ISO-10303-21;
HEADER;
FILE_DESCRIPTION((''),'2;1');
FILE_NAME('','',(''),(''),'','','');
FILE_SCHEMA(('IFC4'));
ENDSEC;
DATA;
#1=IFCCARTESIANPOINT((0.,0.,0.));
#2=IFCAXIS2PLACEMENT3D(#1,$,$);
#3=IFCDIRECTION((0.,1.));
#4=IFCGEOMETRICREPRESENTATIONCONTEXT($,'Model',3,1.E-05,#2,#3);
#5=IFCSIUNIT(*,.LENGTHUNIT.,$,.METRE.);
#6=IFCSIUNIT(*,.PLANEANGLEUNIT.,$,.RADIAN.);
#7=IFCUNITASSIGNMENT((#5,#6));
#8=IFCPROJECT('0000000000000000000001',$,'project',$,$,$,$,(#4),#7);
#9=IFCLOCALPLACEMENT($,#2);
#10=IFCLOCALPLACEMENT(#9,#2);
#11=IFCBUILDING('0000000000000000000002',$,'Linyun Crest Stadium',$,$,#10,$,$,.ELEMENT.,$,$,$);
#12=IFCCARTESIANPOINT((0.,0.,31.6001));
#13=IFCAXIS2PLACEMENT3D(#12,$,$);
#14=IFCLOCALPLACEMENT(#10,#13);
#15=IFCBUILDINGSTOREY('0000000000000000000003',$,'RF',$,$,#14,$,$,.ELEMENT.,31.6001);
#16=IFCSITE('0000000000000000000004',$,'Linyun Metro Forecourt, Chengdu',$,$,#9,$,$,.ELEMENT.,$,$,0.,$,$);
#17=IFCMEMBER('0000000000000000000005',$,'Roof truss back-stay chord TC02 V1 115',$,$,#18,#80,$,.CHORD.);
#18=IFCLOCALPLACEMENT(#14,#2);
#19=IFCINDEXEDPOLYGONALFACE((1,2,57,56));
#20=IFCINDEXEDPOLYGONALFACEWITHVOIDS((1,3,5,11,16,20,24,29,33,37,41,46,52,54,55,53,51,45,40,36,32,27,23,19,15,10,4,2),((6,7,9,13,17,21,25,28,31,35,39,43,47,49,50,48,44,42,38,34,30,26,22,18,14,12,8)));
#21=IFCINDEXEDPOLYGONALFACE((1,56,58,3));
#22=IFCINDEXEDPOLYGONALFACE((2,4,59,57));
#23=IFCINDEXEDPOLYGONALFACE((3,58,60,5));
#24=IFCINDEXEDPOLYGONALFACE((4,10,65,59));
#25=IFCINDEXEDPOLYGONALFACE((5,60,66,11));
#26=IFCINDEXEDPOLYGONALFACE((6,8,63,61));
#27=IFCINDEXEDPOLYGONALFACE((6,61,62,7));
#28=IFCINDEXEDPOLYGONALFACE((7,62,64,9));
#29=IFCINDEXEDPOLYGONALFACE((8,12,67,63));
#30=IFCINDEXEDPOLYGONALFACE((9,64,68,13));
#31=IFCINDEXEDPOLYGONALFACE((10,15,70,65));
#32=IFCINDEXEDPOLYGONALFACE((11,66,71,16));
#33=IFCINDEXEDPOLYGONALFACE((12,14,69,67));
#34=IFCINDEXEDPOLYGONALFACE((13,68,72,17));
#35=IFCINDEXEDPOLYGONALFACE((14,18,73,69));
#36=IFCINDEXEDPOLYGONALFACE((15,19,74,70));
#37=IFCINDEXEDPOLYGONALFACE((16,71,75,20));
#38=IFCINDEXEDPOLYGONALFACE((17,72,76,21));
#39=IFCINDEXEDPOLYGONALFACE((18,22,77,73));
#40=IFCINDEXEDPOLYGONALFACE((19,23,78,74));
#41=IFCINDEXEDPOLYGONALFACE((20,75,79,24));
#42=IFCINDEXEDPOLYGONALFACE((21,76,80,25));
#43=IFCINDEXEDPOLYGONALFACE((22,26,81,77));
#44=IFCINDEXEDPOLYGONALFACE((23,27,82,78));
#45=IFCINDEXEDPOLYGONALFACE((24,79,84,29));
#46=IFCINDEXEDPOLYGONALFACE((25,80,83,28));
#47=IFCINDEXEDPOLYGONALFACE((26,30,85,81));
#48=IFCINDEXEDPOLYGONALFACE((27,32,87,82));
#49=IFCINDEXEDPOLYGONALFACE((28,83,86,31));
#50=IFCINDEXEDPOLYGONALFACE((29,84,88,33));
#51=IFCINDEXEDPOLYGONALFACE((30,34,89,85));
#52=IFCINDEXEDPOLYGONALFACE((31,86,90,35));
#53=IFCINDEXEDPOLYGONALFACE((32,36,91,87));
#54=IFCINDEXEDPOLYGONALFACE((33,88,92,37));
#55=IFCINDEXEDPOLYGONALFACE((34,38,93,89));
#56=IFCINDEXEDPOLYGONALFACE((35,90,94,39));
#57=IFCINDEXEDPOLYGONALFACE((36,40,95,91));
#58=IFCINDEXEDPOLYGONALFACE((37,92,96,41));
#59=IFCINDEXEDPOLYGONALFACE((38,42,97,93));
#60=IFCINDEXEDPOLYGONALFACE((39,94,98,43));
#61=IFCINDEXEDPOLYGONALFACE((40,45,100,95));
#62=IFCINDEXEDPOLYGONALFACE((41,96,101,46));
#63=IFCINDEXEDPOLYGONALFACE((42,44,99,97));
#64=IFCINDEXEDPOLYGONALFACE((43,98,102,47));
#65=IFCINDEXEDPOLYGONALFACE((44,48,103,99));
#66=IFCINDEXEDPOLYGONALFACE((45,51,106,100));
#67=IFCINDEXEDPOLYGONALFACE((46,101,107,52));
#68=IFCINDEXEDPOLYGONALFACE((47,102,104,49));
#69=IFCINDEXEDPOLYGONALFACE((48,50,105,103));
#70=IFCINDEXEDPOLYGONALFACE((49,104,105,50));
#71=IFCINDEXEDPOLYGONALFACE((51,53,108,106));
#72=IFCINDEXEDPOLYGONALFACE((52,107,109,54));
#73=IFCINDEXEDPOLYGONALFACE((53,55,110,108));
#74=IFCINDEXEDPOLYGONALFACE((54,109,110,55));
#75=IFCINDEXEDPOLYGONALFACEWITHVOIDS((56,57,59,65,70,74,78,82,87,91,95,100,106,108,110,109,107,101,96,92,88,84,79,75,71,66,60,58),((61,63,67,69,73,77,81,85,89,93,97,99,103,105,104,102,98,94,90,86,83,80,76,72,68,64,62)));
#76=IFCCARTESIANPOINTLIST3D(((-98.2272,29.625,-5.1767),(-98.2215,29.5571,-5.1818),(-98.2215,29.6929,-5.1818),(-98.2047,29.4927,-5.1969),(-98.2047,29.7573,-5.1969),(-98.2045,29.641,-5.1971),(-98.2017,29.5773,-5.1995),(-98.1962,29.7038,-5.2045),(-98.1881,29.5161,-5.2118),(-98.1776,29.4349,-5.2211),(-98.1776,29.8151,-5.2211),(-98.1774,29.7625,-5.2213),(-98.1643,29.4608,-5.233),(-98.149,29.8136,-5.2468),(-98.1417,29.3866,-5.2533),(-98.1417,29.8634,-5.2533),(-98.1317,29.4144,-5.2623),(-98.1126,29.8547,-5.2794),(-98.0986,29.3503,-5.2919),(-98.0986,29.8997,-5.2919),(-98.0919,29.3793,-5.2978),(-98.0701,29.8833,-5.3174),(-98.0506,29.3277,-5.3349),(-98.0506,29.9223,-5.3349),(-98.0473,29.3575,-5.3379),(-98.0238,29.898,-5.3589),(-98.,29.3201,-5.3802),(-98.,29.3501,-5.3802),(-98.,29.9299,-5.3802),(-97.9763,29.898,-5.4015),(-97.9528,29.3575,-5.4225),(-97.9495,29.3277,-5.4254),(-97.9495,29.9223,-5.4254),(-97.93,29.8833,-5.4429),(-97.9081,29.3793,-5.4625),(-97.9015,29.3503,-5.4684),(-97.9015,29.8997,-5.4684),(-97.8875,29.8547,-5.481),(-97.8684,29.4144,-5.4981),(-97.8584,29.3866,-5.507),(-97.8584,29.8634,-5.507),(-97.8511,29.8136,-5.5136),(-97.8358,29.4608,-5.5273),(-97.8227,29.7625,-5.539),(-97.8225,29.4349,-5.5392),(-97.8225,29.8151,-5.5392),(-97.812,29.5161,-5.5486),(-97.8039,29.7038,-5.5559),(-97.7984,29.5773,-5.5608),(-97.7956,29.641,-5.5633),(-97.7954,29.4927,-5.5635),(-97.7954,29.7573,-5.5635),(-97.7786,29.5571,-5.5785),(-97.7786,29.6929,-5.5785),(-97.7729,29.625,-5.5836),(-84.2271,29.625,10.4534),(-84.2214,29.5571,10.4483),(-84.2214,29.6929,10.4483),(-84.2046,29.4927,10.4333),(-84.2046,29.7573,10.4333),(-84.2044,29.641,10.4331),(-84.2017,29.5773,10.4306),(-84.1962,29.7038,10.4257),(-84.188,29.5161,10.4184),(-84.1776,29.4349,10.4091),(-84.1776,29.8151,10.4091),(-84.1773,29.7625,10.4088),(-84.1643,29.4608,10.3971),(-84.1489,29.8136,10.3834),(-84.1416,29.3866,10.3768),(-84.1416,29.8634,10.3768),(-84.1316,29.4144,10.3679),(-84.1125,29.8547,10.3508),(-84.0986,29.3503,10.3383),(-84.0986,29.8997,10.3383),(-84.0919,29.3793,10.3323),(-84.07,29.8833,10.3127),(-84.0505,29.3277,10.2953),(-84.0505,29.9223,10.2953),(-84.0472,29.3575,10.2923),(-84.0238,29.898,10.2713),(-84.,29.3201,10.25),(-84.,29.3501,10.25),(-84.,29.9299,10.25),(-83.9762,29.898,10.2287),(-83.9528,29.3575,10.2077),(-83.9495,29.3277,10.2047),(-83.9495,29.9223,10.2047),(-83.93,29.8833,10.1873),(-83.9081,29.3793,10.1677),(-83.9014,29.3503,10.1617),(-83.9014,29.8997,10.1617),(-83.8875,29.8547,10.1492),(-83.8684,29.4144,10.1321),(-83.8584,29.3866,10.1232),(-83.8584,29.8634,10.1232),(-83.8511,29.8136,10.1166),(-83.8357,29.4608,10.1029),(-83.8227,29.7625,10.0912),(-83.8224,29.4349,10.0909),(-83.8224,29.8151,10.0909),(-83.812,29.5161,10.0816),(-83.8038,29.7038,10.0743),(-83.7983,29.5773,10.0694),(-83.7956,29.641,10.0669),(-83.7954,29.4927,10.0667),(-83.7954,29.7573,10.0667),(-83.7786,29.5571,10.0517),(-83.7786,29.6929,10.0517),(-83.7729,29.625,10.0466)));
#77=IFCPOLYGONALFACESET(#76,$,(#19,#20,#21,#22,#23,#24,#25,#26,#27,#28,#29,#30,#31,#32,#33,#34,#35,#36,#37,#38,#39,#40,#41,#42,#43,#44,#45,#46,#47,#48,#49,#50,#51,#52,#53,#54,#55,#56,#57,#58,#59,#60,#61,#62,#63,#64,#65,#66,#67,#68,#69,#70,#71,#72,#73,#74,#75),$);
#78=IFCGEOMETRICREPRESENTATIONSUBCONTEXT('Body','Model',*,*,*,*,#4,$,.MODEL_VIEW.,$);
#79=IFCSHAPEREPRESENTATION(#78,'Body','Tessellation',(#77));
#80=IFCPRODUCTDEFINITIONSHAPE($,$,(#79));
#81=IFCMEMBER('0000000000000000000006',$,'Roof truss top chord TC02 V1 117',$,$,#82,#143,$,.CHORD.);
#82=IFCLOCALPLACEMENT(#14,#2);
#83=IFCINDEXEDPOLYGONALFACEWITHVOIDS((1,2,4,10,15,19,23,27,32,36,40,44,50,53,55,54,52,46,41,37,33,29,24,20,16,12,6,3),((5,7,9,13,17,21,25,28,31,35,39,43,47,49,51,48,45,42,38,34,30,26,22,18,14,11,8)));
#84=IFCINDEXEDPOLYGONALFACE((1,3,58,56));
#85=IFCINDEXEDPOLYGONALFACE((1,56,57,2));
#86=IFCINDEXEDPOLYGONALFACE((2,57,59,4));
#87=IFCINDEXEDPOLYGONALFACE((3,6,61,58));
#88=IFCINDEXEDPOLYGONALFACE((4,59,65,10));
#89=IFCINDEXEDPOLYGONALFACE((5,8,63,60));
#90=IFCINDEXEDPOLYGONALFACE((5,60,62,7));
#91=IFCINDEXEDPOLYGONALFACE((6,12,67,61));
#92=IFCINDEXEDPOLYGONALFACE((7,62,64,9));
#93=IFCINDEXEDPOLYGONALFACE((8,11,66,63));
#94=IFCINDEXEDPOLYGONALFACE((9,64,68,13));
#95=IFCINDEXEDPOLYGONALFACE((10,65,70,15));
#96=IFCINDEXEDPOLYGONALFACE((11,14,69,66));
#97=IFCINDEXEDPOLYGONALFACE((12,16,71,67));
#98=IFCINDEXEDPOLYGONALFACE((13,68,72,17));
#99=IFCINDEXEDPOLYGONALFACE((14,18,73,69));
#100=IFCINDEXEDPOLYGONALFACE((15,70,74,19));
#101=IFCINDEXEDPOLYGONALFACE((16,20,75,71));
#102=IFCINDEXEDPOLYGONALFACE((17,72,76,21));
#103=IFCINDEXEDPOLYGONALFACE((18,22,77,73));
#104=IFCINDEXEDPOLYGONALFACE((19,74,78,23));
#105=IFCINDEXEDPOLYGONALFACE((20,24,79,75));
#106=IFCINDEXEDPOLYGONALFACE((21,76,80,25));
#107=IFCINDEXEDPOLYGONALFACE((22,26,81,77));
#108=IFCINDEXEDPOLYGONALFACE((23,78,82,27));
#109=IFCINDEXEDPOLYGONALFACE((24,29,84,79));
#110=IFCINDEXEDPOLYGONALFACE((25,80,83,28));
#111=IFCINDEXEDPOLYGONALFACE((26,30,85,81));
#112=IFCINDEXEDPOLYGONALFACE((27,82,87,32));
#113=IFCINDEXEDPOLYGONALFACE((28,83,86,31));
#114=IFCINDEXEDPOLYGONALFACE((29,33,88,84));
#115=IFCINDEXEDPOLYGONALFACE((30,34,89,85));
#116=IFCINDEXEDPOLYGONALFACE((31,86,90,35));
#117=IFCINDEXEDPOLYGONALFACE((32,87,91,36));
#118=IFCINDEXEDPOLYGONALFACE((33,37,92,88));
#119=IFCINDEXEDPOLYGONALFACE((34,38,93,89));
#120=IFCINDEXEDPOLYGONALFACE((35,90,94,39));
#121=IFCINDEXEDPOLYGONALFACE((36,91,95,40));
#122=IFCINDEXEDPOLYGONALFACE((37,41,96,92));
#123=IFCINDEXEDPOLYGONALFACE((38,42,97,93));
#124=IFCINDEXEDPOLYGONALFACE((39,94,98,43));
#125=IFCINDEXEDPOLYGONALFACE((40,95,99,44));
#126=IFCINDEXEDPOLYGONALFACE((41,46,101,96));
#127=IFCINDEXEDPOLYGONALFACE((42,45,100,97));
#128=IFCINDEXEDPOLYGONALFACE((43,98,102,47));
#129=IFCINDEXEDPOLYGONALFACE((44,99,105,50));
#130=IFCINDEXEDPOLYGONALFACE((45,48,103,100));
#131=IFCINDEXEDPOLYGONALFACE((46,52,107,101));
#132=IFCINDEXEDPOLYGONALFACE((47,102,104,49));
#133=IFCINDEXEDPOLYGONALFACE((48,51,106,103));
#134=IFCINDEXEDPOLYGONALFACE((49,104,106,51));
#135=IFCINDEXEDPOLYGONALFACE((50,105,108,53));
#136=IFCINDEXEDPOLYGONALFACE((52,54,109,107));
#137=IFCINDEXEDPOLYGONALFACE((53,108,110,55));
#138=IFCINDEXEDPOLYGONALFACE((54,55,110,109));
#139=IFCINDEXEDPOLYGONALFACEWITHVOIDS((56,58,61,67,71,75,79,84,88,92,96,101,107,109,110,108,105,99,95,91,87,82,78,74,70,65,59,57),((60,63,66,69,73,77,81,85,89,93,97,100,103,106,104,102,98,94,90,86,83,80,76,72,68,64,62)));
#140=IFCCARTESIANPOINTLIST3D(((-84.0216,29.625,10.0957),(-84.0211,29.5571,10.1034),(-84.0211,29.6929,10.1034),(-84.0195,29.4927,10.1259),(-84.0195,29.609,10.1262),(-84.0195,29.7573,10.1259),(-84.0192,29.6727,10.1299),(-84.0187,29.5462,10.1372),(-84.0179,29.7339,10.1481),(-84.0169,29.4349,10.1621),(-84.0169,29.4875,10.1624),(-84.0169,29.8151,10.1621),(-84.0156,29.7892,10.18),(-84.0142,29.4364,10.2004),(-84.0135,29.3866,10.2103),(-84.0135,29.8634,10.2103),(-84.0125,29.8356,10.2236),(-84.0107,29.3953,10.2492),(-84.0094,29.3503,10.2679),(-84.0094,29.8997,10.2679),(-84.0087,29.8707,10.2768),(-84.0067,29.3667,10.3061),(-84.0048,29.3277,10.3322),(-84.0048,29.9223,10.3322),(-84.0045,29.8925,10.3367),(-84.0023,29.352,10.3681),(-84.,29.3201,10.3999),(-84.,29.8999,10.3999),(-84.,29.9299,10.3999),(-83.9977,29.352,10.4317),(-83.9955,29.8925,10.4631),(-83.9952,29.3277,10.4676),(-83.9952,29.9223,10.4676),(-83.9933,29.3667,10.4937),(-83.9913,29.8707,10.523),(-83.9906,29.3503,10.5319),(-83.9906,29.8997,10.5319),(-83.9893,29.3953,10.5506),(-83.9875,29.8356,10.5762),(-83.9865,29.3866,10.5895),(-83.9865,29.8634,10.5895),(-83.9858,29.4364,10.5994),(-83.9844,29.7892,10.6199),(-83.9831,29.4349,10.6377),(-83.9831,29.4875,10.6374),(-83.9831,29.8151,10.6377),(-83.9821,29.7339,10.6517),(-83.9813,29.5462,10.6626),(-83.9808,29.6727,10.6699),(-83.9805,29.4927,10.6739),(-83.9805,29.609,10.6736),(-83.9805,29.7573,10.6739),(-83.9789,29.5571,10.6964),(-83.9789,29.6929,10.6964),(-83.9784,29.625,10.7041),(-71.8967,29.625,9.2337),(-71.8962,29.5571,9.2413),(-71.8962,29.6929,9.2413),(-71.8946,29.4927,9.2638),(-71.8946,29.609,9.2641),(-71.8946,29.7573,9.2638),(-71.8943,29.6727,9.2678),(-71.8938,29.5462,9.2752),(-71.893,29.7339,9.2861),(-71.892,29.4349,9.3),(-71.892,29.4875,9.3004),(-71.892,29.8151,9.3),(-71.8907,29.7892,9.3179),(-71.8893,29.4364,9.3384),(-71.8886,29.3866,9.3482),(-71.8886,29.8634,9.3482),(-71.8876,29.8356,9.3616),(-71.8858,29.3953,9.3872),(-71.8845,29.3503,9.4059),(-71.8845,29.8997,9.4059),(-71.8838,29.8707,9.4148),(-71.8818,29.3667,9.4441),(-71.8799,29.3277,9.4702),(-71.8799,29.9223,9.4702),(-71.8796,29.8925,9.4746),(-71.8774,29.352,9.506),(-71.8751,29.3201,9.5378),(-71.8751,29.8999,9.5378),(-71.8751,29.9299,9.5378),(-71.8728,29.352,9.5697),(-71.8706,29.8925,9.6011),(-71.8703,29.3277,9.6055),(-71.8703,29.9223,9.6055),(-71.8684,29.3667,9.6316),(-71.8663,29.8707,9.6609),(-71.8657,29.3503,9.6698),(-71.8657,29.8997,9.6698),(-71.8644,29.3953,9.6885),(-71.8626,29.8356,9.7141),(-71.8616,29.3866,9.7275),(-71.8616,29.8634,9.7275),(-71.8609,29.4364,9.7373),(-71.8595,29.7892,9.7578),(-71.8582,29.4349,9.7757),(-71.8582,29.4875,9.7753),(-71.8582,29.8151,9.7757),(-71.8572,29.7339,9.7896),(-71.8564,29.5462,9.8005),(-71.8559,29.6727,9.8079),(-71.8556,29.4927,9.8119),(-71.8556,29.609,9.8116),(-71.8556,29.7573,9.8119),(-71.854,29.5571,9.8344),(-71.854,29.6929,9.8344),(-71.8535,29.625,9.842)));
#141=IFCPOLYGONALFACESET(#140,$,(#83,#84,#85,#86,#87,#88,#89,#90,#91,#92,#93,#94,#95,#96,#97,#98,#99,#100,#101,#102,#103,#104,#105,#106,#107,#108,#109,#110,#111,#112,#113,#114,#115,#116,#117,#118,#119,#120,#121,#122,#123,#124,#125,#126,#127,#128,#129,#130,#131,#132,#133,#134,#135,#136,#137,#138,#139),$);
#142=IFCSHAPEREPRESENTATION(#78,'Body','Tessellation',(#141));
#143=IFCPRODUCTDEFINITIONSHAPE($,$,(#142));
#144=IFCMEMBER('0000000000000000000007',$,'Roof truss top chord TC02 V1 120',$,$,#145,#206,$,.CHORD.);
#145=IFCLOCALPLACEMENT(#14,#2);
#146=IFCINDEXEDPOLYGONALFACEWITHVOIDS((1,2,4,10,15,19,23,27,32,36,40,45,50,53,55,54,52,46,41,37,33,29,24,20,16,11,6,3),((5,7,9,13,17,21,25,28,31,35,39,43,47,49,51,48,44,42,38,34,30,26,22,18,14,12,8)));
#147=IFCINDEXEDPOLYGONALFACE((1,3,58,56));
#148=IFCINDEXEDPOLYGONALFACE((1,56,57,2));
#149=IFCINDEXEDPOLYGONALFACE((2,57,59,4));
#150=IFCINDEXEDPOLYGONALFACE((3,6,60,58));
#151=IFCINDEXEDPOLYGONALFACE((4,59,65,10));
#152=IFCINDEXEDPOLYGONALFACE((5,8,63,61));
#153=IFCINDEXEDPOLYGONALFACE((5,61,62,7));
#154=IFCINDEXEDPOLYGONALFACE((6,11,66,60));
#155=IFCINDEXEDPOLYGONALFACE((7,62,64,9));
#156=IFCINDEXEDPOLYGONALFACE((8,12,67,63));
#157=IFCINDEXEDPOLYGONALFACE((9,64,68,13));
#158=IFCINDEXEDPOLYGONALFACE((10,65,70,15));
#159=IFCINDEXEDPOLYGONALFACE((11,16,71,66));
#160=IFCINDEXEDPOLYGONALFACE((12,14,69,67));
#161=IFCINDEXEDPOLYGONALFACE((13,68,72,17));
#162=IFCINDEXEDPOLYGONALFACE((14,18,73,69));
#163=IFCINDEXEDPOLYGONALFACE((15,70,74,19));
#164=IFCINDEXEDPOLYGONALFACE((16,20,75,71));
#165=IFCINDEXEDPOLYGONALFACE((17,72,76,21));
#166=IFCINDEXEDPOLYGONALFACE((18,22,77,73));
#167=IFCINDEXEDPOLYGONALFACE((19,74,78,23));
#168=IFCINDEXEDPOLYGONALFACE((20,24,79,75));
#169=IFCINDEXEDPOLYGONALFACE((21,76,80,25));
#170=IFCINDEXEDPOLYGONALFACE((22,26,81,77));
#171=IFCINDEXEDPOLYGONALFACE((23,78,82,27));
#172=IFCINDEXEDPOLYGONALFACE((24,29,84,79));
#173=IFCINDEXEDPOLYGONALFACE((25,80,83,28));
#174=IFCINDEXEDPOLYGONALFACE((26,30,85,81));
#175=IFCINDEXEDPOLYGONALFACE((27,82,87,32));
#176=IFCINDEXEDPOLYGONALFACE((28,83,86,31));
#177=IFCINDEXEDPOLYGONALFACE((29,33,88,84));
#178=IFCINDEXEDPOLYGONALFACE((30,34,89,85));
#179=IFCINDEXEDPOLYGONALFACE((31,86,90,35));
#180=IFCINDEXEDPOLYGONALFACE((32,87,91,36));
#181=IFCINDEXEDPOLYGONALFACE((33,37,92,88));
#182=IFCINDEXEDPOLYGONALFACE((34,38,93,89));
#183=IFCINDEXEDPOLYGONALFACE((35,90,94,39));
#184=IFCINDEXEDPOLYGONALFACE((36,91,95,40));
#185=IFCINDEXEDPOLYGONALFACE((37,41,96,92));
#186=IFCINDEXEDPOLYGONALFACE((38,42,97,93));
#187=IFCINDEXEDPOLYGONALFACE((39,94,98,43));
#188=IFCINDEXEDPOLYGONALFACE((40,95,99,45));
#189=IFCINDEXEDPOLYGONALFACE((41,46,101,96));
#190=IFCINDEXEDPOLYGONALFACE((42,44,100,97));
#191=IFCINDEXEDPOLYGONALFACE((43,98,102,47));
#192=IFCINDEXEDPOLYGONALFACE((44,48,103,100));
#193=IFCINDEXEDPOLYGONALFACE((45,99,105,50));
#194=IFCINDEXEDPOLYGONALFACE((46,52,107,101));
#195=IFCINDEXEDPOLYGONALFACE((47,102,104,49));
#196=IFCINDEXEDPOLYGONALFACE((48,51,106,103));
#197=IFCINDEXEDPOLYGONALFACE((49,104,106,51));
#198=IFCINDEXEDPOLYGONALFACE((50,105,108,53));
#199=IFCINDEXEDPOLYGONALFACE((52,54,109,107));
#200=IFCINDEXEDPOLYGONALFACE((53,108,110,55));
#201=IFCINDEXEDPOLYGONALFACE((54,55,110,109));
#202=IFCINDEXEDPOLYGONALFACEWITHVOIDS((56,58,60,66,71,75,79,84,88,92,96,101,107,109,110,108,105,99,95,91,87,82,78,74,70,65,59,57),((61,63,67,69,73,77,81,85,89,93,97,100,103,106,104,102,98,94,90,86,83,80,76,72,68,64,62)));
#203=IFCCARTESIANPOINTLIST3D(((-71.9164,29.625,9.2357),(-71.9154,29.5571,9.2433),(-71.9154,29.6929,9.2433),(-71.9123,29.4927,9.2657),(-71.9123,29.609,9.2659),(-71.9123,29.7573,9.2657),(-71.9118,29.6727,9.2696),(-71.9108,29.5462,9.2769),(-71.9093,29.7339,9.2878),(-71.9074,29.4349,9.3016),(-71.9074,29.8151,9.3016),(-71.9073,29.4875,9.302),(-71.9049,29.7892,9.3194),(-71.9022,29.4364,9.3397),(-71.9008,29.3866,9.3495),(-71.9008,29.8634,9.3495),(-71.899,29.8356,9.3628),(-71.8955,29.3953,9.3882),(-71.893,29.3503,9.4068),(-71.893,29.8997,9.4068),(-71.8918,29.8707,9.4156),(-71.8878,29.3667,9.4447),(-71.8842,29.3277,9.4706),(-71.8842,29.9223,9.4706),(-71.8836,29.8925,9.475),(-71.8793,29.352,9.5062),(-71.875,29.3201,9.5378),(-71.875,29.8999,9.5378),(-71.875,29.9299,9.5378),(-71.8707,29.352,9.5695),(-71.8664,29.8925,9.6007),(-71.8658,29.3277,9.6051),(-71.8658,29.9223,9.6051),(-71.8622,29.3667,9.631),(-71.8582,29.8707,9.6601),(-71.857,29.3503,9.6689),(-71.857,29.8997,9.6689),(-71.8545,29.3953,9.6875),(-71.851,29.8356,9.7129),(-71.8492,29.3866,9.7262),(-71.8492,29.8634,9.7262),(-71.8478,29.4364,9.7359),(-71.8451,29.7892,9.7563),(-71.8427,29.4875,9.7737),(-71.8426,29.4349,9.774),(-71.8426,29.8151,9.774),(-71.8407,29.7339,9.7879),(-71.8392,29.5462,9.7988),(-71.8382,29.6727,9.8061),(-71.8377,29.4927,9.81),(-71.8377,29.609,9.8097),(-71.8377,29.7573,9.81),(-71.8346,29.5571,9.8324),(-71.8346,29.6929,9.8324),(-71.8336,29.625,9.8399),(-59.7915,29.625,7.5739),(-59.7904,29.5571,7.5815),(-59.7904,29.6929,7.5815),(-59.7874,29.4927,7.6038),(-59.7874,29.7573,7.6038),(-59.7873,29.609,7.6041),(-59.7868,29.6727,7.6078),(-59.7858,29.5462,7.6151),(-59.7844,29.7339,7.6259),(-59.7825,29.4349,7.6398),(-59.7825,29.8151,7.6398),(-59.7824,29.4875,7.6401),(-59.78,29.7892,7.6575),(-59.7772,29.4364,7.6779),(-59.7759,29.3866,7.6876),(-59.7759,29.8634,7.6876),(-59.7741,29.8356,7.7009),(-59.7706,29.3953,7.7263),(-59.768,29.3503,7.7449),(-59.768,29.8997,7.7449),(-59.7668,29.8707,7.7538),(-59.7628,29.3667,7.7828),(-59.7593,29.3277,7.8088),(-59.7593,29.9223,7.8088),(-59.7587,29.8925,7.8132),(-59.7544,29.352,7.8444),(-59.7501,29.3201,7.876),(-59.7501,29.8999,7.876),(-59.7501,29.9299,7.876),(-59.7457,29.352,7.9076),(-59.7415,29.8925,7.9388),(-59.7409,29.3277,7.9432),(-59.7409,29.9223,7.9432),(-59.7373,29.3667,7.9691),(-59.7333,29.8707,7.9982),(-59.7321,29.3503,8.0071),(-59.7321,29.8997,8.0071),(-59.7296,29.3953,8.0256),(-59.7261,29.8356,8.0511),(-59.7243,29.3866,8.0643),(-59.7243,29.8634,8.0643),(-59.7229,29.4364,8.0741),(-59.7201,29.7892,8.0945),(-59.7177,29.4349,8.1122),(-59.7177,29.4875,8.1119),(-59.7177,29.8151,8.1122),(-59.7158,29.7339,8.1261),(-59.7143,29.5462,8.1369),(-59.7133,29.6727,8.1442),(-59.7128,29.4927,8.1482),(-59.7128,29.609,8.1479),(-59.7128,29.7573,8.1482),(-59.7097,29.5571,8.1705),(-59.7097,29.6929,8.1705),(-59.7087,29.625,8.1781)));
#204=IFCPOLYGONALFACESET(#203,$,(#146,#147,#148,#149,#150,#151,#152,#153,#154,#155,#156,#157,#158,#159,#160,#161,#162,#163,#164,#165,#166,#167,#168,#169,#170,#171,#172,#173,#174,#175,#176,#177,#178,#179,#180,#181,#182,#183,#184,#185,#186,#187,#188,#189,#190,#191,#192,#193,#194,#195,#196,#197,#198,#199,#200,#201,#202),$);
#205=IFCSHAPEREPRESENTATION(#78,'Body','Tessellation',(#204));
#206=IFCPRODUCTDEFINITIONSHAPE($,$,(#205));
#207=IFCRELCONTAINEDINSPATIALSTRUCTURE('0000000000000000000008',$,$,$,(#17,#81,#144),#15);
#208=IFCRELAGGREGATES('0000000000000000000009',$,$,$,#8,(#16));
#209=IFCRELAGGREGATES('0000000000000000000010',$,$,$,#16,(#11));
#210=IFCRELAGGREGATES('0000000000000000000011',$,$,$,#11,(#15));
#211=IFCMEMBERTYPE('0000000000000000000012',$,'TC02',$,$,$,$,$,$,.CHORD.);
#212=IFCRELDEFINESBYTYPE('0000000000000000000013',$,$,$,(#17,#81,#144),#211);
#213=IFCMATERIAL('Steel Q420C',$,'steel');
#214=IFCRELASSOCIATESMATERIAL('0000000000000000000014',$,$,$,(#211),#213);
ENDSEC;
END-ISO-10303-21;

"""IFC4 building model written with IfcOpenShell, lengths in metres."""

from ifc_helpers import new_model, si_unit, direction, frame, origin, origin_2d, place, context, subcontext, project, spatial, hollow_circle, extrude, material, material_profile, profile_set, type_object, element, save


model = new_model("IFC4")

# Units and contexts
model_context = context("Model", 3, precision=1e-05, world=origin(), true_north=direction((0.0, 1.0)))
body_context = subcontext(model_context, "Body", "Model", "MODEL_VIEW")
ifc_project = project(units=[si_unit("LENGTHUNIT", "METRE"), si_unit("PLANEANGLEUNIT", "RADIAN")], contexts=[model_context])

# Site, building, storey
site_placement = place(None, origin())
site = spatial("IfcSite", under=ifc_project, at=site_placement, Name="Linyun Metro Forecourt, Chengdu", CompositionType="ELEMENT", RefElevation=0.0)
building_placement = place(site_placement, origin())
building = spatial("IfcBuilding", under=site, at=building_placement, Name="Linyun Crest Stadium", CompositionType="ELEMENT")
storey_placement = place(building_placement, frame((0.0, 0.0, 31.6001)))
storey = spatial("IfcBuildingStorey", under=building, at=storey_placement, Name="RF", CompositionType="ELEMENT", Elevation=31.6001)

# Members
ifc_material_1 = material(Name="Steel Q420C", Category="steel")
ifc_material_profile_1 = material_profile(ifc_material_1, hollow_circle(Radius=0.3049, WallThickness=0.03, at=origin_2d()), Name="CHS 610x30")
ifc_profile_set_1 = profile_set([ifc_material_profile_1], Name="Steel Q420C")
member_type_1 = type_object("IfcMemberType", Name="TC02", PredefinedType="CHORD", material=ifc_profile_set_1)
member_1_placement = place(storey_placement, frame((-84.0, 29.625, 10.25), z_axis=(-0.667196, 0.0, -0.744882), x_axis=(0.0, -1.0, 0.0)))
element("IfcMember", 1, at=member_1_placement, inside=storey, type_object=member_type_1, Name="Roof truss back-stay chord TC02 V1 115", PredefinedType="CHORD", context=body_context, shape_type="SweptSolid", body=[
    extrude(hollow_circle(Radius=0.3049, WallThickness=0.03, at=origin_2d()), origin(), (0.0, 0.0, 1.0), 20.9834),
])
member_2_placement = place(storey_placement, frame((-84.0, 29.625, 10.3999), z_axis=(0.997482, 0.0, -0.070919), x_axis=(0.0, 1.0, 0.0)))
element("IfcMember", 2, at=member_2_placement, inside=storey, type_object=member_type_1, Name="Roof truss top chord TC02 V1 117", PredefinedType="CHORD", context=body_context, shape_type="SweptSolid", body=[
    extrude(hollow_circle(Radius=0.3049, WallThickness=0.03, at=origin_2d()), origin(), (0.0, 0.0, 1.0), 12.1555),
])
member_3_placement = place(storey_placement, frame((-71.875, 29.625, 9.5378), z_axis=(0.990737, 0.0, -0.135792), x_axis=(0.0, 1.0, 0.0)))
element("IfcMember", 3, at=member_3_placement, inside=storey, type_object=member_type_1, Name="Roof truss top chord TC02 V1 120", PredefinedType="CHORD", context=body_context, shape_type="SweptSolid", body=[
    extrude(hollow_circle(Radius=0.3049, WallThickness=0.03, at=origin_2d()), origin(), (0.0, 0.0, 1.0), 12.2383),
])

save(model, "model.ifc")
